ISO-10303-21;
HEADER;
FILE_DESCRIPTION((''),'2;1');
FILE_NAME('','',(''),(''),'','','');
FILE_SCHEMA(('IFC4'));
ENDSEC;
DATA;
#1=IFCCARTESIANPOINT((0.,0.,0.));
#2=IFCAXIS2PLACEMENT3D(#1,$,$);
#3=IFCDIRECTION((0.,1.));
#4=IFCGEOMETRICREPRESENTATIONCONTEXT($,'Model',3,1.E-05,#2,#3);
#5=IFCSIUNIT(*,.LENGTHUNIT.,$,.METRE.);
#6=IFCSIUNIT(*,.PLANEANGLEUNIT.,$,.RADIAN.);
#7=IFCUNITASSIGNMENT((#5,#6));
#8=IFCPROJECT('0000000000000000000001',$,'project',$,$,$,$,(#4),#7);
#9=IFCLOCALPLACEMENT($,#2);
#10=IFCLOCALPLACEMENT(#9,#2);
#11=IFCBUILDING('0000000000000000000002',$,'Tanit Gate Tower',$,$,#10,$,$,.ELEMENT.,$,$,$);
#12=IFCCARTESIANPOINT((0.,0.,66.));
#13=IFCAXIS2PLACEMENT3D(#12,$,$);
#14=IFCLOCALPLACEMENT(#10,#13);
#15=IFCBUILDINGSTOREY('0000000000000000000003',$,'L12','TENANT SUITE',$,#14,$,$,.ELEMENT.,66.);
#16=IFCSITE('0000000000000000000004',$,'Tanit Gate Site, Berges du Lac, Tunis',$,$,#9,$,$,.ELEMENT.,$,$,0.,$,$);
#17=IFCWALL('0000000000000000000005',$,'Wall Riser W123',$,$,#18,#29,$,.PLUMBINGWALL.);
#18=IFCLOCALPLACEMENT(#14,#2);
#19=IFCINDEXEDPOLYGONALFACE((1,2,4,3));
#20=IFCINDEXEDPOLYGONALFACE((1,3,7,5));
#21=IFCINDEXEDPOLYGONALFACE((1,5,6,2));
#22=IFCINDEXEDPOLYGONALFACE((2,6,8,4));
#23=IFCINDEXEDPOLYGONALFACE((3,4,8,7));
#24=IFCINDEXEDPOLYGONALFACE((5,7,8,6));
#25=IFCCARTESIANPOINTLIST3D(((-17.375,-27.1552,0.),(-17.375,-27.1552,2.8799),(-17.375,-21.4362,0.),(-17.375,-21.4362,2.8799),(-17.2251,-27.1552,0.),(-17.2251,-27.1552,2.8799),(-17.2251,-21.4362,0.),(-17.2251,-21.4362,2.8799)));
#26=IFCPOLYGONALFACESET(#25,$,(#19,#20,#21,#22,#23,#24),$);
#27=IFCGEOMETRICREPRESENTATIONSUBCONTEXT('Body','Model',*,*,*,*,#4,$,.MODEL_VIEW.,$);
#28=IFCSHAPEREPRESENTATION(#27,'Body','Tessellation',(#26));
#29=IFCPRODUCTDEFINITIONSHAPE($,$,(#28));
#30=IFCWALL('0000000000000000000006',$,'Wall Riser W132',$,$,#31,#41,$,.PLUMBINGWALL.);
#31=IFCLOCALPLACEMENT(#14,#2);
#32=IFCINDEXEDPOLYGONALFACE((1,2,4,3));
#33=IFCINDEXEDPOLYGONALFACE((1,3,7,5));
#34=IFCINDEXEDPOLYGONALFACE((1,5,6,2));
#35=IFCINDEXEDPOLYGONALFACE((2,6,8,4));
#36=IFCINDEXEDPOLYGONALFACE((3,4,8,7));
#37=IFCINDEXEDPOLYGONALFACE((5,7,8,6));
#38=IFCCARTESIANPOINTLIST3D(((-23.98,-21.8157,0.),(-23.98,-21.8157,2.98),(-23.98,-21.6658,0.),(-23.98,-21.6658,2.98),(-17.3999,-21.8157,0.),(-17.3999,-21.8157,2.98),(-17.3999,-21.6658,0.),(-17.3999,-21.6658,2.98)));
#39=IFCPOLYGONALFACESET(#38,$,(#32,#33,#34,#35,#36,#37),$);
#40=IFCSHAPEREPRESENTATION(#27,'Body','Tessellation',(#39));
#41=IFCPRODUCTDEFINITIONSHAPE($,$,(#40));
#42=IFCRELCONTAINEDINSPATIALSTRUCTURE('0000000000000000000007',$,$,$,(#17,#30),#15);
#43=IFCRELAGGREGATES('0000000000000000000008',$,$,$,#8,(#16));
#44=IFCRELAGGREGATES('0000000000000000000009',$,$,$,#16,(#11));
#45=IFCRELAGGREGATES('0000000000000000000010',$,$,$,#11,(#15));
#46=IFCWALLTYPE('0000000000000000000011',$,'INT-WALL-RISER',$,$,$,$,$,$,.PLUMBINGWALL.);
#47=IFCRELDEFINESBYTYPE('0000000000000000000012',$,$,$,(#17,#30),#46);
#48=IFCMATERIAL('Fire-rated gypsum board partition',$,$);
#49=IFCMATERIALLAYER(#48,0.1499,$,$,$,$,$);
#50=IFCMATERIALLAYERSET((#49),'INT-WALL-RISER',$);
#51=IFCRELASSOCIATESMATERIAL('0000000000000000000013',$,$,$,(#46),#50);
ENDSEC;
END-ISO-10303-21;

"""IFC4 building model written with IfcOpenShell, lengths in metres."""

from ifc_helpers import new_model, si_unit, direction, frame, frame_2d, origin, place, context, subcontext, project, spatial, rectangle, extrude, material, layer, layer_set, type_object, element, save


model = new_model("IFC4")

# Units and contexts
model_context = context("Model", 3, precision=1e-05, world=origin(), true_north=direction((0.0, 1.0)))
body_context = subcontext(model_context, "Body", "Model", "MODEL_VIEW")
ifc_project = project(units=[si_unit("LENGTHUNIT", "METRE"), si_unit("PLANEANGLEUNIT", "RADIAN")], contexts=[model_context])

# Site, building, storey
site_placement = place(None, origin())
site = spatial("IfcSite", under=ifc_project, at=site_placement, Name="Tanit Gate Site, Berges du Lac, Tunis", CompositionType="ELEMENT", RefElevation=0.0)
building_placement = place(site_placement, origin())
building = spatial("IfcBuilding", under=site, at=building_placement, Name="Tanit Gate Tower", CompositionType="ELEMENT")
storey_placement = place(building_placement, frame((0.0, 0.0, 66.0)))
storey = spatial("IfcBuildingStorey", under=building, at=storey_placement, Name="L12", Description="TENANT SUITE", CompositionType="ELEMENT", Elevation=66.0)

# Walls
ifc_material_1 = material(Name="Fire-rated gypsum board partition")
ifc_layer_1 = layer(ifc_material_1, 0.1499)
ifc_layer_set_1 = layer_set([ifc_layer_1], Name="INT-WALL-RISER")
wall_type_1 = type_object("IfcWallType", Name="INT-WALL-RISER", PredefinedType="PLUMBINGWALL", material=ifc_layer_set_1)
wall_1_placement = place(storey_placement, frame((-17.3, -27.155, 0.0), z_axis=(0.0, 0.0, 1.0), x_axis=(0.0, 1.0, 0.0)))
element("IfcWall", 1, at=wall_1_placement, inside=storey, type_object=wall_type_1, Name="Wall Riser W123", PredefinedType="PLUMBINGWALL", context=body_context, shape_type="SweptSolid", body=[
    extrude(rectangle(XDim=5.719, YDim=0.1499, at=frame_2d((2.8594, 0.0))), origin(), (0.0, 0.0, 1.0), 2.8799),
])
wall_2_placement = place(storey_placement, frame((-17.3999, -21.7407, 0.0), z_axis=(0.0, 0.0, 1.0), x_axis=(-1.0, 0.0, 0.0)))
element("IfcWall", 2, at=wall_2_placement, inside=storey, type_object=wall_type_1, Name="Wall Riser W132", PredefinedType="PLUMBINGWALL", context=body_context, shape_type="SweptSolid", body=[
    extrude(rectangle(XDim=6.5801, YDim=0.1499, at=frame_2d((3.29, 0.0))), origin(), (0.0, 0.0, 1.0), 2.98),
])

save(model, "model.ifc")
